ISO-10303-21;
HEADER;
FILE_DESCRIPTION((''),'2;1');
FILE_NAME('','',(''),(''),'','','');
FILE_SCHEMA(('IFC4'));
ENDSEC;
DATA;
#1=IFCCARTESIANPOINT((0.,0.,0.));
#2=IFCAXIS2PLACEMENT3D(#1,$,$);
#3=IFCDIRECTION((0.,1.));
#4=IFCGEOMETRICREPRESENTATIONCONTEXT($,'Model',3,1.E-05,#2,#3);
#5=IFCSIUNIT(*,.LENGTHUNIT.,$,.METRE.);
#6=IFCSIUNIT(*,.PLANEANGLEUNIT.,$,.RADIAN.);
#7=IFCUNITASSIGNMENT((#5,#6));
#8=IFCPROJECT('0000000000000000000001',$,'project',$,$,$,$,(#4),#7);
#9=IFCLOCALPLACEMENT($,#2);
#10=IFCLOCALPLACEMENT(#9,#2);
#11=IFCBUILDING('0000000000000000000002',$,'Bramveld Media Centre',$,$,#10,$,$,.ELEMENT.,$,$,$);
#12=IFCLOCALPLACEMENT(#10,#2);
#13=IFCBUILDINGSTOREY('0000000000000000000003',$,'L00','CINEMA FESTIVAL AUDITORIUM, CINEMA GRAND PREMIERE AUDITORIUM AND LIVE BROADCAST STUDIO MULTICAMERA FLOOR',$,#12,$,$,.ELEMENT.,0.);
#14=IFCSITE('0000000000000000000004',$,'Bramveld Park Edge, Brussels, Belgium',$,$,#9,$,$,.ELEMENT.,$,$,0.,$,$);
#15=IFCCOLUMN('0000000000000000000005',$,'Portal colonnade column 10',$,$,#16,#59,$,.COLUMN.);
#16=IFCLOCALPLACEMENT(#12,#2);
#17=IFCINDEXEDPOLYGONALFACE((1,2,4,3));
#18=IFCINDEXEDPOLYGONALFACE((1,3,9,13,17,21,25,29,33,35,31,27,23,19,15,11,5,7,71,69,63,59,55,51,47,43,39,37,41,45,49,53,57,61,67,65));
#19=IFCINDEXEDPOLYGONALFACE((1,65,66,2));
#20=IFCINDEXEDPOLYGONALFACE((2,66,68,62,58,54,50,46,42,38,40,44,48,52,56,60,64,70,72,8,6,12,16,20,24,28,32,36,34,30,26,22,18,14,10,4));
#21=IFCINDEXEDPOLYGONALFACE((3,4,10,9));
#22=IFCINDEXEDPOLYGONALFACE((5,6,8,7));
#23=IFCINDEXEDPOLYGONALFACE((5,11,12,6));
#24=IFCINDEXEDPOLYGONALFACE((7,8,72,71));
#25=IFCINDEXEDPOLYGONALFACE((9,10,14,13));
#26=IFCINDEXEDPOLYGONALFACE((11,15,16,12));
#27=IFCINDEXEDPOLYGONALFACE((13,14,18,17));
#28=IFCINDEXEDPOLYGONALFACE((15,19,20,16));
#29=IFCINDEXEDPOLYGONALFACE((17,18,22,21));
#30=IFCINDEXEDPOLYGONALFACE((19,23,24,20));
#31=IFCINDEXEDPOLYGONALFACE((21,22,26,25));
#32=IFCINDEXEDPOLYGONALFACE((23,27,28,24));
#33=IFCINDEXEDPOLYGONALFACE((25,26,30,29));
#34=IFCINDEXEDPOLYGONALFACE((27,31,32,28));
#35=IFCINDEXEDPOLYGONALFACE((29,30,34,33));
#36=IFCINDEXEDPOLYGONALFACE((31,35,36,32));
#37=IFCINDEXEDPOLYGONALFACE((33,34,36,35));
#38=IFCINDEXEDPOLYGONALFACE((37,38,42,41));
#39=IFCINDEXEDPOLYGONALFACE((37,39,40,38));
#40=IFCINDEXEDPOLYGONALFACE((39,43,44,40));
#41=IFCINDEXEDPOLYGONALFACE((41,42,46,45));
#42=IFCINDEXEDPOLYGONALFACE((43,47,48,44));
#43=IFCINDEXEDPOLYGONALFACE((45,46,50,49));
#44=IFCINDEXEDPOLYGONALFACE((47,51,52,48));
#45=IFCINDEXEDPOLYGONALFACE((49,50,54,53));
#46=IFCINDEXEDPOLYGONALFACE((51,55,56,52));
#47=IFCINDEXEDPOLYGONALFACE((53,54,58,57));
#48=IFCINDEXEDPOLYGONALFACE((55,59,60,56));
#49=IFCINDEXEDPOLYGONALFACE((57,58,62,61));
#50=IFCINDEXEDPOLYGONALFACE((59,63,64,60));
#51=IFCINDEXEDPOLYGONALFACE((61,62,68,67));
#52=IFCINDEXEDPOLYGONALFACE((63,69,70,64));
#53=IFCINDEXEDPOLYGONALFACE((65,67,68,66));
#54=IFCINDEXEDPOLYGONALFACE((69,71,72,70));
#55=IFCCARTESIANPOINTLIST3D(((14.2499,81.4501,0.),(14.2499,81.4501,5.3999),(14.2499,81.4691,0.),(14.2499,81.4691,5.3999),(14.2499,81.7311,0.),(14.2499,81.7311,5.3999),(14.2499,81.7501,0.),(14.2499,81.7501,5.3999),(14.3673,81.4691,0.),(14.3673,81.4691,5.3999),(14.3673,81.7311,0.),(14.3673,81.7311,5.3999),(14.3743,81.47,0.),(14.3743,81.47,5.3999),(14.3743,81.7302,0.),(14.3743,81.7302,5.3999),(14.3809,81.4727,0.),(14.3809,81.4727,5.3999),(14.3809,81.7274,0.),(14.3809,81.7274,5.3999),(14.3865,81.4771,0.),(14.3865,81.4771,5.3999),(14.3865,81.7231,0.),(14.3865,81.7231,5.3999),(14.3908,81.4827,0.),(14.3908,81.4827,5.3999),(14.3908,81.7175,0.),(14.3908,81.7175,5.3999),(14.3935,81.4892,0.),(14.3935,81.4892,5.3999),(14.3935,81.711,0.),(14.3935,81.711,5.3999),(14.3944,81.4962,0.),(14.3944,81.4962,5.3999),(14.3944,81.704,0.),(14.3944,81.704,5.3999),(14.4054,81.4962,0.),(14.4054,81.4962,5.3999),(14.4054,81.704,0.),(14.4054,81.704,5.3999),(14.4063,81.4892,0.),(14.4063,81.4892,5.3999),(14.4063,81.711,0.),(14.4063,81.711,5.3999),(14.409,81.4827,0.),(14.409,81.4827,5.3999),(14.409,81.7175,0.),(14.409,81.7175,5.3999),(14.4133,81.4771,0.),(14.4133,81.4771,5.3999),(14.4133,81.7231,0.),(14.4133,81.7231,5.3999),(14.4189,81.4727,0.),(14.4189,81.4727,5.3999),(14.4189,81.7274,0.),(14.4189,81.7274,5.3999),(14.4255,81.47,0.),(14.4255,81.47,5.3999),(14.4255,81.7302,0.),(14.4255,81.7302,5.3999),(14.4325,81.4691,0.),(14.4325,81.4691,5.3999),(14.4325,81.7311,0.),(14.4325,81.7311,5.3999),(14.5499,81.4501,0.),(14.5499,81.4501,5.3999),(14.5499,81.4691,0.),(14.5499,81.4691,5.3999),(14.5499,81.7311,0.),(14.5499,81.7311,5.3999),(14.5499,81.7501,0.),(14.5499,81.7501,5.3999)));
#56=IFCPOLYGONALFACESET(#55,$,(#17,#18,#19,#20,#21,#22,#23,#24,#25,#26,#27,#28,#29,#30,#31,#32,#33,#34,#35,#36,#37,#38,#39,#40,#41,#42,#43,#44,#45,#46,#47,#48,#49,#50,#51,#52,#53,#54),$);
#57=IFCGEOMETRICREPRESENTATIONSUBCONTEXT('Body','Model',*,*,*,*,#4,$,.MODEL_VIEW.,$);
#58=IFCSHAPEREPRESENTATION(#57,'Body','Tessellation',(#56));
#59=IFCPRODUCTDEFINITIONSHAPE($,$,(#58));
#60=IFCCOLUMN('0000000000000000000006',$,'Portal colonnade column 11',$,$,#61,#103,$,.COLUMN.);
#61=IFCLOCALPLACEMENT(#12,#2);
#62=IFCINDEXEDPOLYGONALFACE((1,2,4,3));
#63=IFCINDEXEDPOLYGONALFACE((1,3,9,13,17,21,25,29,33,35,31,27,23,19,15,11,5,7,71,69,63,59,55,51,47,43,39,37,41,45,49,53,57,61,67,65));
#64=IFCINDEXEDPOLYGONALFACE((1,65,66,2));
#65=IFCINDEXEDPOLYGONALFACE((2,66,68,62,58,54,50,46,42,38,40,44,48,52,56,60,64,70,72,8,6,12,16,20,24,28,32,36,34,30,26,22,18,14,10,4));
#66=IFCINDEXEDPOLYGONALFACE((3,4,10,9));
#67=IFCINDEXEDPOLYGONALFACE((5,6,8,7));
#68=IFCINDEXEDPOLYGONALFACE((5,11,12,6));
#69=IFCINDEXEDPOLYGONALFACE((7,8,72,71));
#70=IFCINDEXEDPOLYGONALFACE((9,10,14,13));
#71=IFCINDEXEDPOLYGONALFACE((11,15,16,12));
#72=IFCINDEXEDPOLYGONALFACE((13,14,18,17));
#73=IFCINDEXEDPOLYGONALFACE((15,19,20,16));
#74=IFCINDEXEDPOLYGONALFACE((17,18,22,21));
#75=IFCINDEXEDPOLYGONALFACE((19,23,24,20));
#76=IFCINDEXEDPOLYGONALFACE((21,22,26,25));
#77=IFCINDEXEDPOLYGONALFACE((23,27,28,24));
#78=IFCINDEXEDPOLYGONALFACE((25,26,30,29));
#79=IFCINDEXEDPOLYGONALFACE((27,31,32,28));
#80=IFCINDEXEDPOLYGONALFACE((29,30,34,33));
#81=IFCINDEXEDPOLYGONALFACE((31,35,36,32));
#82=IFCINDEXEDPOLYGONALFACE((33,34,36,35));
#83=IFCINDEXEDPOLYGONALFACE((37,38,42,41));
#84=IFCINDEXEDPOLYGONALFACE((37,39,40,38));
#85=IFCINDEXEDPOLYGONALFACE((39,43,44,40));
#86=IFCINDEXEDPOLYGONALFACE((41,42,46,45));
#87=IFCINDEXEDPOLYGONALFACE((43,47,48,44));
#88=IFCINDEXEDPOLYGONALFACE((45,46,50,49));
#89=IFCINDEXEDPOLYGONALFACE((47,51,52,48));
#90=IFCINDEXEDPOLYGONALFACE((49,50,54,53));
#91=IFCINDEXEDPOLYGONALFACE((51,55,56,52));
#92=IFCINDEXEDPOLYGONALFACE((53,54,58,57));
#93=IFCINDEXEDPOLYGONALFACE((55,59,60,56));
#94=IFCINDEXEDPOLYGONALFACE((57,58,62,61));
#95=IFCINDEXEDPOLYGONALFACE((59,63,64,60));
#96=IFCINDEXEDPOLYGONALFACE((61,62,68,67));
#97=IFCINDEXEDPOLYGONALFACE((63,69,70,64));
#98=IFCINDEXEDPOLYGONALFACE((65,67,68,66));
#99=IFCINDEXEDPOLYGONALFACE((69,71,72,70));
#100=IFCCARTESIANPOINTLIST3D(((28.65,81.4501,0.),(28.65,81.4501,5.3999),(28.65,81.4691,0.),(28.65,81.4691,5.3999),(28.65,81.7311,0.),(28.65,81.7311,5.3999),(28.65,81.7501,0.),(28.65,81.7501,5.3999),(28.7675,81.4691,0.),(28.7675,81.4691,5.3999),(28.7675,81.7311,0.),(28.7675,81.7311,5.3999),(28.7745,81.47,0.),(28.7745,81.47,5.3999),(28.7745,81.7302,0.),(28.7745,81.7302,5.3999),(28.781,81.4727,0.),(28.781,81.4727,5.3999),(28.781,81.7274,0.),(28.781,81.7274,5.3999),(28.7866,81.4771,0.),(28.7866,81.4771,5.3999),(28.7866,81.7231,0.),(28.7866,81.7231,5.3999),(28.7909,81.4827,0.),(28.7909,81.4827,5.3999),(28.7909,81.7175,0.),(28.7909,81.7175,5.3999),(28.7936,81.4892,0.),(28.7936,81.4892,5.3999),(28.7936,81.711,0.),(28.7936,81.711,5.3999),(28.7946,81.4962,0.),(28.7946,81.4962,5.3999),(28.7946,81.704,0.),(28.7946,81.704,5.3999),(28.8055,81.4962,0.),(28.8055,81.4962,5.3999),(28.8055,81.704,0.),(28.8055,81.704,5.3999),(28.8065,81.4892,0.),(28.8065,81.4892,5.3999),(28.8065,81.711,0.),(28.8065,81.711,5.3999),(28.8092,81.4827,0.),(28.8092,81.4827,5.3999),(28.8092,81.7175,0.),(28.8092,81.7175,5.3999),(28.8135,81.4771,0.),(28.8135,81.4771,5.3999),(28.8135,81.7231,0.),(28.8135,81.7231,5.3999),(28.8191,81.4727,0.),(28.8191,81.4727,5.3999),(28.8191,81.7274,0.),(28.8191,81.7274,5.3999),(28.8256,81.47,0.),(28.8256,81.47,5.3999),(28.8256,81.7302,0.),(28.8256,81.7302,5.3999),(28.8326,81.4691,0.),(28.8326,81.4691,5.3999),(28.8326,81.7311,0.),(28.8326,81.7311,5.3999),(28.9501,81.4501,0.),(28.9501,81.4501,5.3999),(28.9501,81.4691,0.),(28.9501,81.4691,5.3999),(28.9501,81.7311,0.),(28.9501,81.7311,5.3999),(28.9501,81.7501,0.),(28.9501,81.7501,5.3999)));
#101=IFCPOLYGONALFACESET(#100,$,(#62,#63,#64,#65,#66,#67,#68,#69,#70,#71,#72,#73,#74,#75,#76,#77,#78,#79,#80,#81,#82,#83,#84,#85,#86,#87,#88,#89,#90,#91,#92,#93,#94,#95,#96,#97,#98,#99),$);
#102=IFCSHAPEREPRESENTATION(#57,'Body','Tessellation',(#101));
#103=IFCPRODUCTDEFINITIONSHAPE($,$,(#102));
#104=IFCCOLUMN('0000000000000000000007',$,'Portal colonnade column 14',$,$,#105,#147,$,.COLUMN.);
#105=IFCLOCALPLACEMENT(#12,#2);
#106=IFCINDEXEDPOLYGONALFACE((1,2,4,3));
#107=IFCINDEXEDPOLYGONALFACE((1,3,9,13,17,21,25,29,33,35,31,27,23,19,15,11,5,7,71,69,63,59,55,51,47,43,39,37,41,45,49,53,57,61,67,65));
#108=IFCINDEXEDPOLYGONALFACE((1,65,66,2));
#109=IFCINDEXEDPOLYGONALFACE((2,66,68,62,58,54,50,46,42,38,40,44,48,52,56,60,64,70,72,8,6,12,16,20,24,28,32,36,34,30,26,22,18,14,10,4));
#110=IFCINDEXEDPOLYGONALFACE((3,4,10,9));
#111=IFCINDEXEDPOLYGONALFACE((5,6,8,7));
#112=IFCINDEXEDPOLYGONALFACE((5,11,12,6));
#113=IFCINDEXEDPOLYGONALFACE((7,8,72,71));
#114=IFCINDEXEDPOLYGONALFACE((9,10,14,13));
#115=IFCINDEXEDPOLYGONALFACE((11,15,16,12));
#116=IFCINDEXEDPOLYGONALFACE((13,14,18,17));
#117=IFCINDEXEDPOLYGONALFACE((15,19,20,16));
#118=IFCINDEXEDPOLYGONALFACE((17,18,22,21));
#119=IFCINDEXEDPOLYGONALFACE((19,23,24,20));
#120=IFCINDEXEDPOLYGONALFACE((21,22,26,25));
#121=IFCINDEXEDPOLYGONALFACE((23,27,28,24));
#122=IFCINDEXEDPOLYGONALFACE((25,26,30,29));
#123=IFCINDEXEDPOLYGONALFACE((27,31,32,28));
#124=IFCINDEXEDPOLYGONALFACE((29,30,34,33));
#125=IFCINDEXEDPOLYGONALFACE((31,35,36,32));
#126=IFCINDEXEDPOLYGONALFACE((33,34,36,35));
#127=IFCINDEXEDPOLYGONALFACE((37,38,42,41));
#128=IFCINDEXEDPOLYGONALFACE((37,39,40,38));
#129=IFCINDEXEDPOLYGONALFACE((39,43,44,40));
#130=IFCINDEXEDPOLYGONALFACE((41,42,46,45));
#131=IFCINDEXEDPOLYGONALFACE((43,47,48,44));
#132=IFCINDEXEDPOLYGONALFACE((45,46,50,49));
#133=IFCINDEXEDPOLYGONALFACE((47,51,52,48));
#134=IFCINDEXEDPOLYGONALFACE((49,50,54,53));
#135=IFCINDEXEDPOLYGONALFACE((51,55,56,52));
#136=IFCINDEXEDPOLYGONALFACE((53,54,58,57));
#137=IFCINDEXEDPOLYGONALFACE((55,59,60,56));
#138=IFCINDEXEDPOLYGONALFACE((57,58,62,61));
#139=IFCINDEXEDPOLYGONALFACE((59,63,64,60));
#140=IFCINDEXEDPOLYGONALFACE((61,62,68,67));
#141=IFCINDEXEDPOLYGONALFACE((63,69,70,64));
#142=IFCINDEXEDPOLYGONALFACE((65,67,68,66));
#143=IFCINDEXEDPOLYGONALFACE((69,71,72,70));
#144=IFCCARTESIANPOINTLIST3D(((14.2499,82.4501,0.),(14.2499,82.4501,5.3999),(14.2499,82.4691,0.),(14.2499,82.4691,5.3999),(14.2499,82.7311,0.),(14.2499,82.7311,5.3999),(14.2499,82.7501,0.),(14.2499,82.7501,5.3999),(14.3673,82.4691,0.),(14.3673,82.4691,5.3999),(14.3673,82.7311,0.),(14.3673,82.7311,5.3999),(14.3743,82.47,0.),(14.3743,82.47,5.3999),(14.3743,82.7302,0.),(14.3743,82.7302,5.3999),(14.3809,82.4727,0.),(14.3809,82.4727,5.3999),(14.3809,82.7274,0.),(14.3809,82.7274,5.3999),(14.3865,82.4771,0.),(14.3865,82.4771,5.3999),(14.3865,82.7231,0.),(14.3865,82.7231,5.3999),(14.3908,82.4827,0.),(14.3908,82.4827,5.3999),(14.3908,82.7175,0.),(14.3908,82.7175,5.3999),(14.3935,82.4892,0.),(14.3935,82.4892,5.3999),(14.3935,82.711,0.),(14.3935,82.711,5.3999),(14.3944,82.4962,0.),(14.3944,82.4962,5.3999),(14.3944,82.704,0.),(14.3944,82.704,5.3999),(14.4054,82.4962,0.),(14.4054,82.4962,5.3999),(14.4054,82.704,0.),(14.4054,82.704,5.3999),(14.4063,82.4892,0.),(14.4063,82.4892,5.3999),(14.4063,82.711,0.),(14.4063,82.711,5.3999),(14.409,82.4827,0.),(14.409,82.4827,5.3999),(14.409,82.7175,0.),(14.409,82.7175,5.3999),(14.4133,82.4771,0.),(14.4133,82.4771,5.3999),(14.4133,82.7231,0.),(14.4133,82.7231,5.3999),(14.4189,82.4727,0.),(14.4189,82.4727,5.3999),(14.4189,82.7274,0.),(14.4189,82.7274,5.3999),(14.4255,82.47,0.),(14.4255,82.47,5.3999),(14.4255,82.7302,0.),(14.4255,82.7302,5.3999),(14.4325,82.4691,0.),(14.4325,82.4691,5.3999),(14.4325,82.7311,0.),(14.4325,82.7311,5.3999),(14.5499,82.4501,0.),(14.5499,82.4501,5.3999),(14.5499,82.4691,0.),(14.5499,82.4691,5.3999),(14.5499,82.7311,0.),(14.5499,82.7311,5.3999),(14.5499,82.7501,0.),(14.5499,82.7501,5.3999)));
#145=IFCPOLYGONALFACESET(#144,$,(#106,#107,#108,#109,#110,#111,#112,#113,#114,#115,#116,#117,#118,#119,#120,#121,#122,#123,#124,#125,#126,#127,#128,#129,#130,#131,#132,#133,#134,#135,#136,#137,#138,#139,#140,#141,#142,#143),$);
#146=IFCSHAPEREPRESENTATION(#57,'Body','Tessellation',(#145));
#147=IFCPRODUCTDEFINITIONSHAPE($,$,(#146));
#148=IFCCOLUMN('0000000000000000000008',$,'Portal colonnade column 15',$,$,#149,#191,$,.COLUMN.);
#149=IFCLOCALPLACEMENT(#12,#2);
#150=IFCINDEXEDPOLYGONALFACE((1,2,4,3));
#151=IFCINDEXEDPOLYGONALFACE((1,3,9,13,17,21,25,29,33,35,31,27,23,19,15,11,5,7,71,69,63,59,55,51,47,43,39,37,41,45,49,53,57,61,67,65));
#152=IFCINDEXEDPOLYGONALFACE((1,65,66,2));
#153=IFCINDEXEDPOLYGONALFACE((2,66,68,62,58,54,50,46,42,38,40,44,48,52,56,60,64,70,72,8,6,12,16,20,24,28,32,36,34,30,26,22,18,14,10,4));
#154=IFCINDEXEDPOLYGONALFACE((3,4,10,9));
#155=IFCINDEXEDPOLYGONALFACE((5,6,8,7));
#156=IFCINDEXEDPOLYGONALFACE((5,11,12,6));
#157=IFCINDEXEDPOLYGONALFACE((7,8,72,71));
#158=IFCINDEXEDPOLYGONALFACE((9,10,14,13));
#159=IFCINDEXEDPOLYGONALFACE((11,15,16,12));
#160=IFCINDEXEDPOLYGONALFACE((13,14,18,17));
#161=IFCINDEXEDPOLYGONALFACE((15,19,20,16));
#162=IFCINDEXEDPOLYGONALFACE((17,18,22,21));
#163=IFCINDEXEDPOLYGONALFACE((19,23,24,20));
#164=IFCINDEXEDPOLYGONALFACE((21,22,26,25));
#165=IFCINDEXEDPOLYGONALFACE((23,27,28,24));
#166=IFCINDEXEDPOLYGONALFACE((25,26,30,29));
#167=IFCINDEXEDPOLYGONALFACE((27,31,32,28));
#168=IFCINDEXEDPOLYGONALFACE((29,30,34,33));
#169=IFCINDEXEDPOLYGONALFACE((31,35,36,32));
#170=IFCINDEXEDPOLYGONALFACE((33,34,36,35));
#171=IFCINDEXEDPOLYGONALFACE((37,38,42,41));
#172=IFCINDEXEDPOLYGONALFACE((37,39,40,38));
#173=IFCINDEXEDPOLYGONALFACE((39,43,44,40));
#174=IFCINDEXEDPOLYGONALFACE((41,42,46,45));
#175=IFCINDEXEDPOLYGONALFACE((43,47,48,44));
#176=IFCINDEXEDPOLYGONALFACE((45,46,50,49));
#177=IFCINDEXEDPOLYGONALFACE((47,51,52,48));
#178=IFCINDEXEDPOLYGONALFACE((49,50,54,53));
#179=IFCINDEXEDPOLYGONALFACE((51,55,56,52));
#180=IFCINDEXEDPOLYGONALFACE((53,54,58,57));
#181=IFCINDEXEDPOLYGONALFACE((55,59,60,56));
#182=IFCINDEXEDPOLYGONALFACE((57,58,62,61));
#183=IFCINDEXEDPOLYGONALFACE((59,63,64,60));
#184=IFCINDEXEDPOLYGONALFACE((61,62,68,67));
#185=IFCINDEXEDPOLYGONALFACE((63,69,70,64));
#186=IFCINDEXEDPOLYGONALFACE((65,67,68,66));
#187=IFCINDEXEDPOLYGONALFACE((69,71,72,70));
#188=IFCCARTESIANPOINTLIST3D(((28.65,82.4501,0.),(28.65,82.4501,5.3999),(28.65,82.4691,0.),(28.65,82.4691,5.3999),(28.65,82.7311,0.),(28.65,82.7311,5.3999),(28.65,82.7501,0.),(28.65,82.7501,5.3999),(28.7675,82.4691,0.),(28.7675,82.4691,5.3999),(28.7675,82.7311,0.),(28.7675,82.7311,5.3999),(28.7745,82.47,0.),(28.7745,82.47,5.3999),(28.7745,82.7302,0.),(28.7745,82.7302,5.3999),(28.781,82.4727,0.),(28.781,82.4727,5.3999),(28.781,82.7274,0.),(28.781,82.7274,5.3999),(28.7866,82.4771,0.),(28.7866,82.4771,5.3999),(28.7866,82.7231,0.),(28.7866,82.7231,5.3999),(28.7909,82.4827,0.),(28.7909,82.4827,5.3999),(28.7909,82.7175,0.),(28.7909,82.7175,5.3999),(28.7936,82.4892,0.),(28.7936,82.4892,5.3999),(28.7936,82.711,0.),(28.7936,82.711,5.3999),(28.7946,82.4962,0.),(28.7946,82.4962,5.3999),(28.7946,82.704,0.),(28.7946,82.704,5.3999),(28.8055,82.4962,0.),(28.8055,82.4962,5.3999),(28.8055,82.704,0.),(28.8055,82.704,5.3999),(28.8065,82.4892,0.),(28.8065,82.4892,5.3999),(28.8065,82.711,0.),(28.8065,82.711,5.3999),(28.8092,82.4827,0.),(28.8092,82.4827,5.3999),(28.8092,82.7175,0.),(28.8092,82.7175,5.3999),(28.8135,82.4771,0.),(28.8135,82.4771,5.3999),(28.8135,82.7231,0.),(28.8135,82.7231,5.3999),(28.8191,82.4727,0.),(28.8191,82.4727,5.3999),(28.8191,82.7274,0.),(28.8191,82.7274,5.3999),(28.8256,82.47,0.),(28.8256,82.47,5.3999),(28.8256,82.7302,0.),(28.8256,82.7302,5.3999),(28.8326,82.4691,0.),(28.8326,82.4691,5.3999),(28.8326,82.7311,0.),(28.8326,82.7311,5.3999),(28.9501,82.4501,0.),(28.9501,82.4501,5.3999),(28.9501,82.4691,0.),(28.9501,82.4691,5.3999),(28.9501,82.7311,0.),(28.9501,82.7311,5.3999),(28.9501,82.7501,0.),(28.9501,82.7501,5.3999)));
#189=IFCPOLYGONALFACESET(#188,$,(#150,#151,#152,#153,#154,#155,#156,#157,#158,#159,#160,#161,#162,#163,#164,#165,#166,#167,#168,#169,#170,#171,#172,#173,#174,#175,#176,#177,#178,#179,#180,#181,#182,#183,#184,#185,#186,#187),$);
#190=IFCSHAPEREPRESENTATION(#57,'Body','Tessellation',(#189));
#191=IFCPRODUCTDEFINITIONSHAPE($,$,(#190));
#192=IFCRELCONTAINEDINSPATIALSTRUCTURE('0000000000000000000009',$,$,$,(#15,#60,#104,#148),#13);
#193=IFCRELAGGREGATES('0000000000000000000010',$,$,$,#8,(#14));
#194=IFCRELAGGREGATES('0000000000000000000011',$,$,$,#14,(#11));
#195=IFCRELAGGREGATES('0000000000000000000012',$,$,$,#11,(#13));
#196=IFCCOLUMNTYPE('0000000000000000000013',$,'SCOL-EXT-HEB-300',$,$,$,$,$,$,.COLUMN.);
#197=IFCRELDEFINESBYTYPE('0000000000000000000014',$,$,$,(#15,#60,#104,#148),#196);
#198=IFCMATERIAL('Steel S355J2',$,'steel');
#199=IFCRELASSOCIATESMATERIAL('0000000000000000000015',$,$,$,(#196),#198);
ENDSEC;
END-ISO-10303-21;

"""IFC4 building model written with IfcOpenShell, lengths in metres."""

from ifc_helpers import new_model, si_unit, direction, frame, origin, origin_2d, place, context, subcontext, project, spatial, i_section, extrude, material, material_profile, profile_set, type_object, element, save


model = new_model("IFC4")

# Units and contexts
model_context = context("Model", 3, precision=1e-05, world=origin(), true_north=direction((0.0, 1.0)))
body_context = subcontext(model_context, "Body", "Model", "MODEL_VIEW")
ifc_project = project(units=[si_unit("LENGTHUNIT", "METRE"), si_unit("PLANEANGLEUNIT", "RADIAN")], contexts=[model_context])

# Site, building, storey
site_placement = place(None, origin())
site = spatial("IfcSite", under=ifc_project, at=site_placement, Name="Bramveld Park Edge, Brussels, Belgium", CompositionType="ELEMENT", RefElevation=0.0)
building_placement = place(site_placement, origin())
building = spatial("IfcBuilding", under=site, at=building_placement, Name="Bramveld Media Centre", CompositionType="ELEMENT")
storey_placement = place(building_placement, origin())
storey = spatial("IfcBuildingStorey", under=building, at=storey_placement, Name="L00", Description="CINEMA FESTIVAL AUDITORIUM, CINEMA GRAND PREMIERE AUDITORIUM AND LIVE BROADCAST STUDIO MULTICAMERA FLOOR", CompositionType="ELEMENT", Elevation=0.0)

# Columns
ifc_material_1 = material(Name="Steel S355J2", Category="steel")
ifc_material_profile_1 = material_profile(ifc_material_1, i_section(OverallWidth=0.3, OverallDepth=0.3, WebThickness=0.011, FlangeThickness=0.019, FilletRadius=0.0271, at=origin_2d()), Name="HEB 300")
ifc_profile_set_1 = profile_set([ifc_material_profile_1], Name="Steel S355J2")
column_type = type_object("IfcColumnType", Name="SCOL-EXT-HEB-300", PredefinedType="COLUMN", material=ifc_profile_set_1)
for number, where, z_axis, x_axis, name in (
    (1, (14.3999, 81.6001, 0.0), (0.0, 0.0, 1.0), (1.0, 0.0, 0.0), "Portal colonnade column 10"),
    (2, (28.8, 81.6001, 0.0), (0.0, 0.0, 1.0), (1.0, 0.0, 0.0), "Portal colonnade column 11"),
    (3, (14.3999, 82.6001, 0.0), (0.0, 0.0, 1.0), (1.0, 0.0, 0.0), "Portal colonnade column 14"),
    (4, (28.8, 82.6001, 0.0), (0.0, 0.0, 1.0), (1.0, 0.0, 0.0), "Portal colonnade column 15"),
):
    element("IfcColumn", number, at=place(storey_placement, frame(where, z_axis=z_axis, x_axis=x_axis)), inside=storey, type_object=column_type, Name=name, PredefinedType="COLUMN", context=body_context, shape_type="SweptSolid", body=[
        extrude(i_section(OverallWidth=0.3, OverallDepth=0.3, WebThickness=0.011, FlangeThickness=0.019, FilletRadius=0.0271, at=origin_2d()), origin(), (0.0, 0.0, 1.0), 5.3999),
    ])

save(model, "model.ifc")
